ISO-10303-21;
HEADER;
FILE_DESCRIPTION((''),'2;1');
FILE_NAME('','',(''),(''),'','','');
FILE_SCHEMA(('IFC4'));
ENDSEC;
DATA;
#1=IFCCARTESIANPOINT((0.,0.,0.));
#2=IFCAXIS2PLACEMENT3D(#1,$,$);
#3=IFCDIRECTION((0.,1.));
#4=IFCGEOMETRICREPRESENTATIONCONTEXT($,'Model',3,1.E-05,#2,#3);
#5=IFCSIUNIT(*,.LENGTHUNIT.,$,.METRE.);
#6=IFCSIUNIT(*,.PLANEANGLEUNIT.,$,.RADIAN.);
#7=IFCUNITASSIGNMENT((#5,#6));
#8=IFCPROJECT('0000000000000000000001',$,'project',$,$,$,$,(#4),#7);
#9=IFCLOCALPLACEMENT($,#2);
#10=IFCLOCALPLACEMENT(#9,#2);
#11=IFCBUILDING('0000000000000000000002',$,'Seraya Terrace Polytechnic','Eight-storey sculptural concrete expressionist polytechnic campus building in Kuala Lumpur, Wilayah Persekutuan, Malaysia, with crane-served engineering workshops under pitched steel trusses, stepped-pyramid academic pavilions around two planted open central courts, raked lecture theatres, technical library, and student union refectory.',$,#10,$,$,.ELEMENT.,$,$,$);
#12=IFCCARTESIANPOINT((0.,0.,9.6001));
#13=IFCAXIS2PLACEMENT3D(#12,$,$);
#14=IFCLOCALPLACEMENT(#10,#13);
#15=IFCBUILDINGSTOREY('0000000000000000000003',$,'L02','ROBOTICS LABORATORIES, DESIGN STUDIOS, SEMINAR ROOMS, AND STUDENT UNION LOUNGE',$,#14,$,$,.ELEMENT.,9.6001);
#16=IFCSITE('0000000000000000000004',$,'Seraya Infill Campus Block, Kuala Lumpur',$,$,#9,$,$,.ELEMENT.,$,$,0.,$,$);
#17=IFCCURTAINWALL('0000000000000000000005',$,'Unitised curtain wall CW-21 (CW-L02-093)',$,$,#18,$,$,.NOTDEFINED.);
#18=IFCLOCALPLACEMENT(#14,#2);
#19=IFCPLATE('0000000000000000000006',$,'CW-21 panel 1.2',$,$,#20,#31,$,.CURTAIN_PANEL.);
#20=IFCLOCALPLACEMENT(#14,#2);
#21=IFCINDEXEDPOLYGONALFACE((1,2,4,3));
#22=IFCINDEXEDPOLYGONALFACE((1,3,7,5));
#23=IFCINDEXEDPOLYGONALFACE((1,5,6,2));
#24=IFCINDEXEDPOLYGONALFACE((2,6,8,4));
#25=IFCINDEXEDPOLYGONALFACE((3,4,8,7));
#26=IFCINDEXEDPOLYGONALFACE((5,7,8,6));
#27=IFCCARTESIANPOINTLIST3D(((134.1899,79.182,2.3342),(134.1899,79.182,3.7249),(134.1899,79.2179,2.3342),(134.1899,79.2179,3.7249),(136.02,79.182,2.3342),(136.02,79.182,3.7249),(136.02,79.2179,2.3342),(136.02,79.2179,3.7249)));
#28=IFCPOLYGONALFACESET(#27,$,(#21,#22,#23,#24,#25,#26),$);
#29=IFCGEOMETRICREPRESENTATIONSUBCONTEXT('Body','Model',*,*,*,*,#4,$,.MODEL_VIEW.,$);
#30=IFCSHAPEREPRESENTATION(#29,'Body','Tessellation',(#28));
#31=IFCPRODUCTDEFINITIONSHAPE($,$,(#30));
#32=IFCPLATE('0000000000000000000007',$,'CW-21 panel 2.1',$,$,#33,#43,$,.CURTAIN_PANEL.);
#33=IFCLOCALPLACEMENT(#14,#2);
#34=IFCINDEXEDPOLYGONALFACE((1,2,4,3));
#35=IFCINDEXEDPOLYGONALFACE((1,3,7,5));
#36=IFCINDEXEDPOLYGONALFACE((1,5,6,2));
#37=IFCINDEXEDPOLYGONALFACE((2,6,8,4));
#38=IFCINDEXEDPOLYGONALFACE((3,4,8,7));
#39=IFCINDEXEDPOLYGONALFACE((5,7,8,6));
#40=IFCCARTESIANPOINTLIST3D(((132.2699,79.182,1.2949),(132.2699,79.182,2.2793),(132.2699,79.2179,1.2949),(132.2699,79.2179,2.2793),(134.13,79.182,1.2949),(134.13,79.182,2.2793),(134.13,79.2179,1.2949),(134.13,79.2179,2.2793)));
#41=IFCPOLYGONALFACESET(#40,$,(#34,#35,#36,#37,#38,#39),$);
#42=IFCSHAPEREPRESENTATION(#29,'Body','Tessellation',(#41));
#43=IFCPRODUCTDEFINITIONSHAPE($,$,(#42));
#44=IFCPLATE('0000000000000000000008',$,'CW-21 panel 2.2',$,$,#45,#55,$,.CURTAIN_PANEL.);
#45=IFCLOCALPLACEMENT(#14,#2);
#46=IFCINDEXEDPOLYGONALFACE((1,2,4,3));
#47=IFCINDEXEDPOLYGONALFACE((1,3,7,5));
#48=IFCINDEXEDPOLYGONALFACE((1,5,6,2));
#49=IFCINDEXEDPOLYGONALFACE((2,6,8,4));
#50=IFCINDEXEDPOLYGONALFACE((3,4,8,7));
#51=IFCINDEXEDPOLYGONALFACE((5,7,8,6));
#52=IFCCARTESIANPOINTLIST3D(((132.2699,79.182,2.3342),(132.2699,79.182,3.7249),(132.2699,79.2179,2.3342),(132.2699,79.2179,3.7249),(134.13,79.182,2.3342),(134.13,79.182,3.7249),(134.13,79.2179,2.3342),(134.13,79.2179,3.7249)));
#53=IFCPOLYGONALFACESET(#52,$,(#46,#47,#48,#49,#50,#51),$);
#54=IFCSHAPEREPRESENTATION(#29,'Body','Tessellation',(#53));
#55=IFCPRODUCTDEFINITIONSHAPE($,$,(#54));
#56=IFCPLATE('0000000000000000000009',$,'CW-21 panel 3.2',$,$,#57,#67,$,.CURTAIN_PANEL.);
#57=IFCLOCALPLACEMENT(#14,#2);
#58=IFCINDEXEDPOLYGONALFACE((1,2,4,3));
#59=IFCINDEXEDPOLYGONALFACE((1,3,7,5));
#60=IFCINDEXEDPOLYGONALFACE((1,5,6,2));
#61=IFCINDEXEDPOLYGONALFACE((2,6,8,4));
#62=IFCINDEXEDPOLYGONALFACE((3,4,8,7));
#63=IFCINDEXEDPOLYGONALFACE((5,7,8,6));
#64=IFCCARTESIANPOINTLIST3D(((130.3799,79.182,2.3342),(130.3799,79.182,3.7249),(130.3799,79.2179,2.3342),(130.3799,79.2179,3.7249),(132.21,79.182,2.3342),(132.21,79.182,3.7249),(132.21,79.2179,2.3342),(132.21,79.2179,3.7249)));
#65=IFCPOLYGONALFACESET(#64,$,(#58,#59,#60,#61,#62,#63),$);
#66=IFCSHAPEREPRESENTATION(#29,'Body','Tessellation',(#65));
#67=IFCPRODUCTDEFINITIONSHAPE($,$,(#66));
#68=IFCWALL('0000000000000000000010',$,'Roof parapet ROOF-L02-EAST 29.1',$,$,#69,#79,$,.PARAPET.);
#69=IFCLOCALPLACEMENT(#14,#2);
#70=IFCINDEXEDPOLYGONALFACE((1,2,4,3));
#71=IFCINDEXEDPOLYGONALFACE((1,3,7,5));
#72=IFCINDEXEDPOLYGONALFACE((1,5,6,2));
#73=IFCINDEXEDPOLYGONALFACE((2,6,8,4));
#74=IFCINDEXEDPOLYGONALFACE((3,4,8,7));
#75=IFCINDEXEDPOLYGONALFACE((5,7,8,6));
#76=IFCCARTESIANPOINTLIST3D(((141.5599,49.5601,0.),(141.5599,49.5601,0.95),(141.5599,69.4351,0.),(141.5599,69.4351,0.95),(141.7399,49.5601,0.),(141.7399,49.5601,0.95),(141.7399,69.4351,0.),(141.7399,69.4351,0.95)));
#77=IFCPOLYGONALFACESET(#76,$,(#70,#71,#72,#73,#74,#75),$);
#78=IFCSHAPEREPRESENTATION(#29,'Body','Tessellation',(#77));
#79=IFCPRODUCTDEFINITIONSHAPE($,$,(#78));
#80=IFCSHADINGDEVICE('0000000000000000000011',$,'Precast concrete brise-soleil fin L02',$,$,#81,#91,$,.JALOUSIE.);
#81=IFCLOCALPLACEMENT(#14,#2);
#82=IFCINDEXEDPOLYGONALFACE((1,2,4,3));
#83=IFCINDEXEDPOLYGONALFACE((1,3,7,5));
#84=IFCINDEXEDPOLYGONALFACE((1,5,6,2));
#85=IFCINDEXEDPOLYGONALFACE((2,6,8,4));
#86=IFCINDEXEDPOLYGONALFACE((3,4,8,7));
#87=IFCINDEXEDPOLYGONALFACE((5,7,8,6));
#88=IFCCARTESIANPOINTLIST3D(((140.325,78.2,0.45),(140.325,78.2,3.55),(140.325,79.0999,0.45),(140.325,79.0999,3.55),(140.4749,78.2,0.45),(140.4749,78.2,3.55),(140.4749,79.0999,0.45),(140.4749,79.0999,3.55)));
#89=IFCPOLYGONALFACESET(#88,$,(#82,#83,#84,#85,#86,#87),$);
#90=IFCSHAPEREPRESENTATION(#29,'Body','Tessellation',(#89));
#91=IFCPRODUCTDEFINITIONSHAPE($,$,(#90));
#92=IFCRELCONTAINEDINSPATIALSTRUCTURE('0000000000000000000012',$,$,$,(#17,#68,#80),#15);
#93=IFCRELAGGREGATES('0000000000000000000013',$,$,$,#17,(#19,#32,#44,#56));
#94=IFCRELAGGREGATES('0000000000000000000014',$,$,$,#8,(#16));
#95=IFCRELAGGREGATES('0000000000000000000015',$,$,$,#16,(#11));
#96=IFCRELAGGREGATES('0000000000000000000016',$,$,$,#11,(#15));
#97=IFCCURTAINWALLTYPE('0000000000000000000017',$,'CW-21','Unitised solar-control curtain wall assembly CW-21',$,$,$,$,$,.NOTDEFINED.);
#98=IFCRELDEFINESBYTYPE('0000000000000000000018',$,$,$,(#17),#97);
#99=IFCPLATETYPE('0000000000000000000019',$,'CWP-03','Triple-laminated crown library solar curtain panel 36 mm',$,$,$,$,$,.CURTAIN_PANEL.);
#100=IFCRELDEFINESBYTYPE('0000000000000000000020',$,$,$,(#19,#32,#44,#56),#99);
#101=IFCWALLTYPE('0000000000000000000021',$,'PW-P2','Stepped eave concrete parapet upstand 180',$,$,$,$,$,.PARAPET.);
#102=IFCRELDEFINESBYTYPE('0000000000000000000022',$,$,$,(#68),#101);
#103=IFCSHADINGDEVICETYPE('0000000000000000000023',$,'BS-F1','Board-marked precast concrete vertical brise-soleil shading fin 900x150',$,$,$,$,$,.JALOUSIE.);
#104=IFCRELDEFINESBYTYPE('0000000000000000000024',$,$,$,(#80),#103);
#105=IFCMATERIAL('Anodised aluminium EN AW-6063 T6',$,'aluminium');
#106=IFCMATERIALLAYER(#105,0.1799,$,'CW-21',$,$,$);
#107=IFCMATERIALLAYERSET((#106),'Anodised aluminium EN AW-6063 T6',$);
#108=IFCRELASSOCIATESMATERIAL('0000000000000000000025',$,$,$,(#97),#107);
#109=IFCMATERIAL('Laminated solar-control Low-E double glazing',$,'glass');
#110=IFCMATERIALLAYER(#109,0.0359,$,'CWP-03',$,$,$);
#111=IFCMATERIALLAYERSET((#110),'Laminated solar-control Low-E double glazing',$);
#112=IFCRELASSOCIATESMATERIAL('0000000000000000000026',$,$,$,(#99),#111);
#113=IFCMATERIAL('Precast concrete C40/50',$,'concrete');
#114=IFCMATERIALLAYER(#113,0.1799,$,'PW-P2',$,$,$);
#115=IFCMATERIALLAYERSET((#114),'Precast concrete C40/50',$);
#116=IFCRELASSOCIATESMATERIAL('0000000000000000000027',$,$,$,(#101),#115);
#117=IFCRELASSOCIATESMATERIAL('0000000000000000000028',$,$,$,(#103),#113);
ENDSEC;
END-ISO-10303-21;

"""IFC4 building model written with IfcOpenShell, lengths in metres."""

from ifc_helpers import new_model, si_unit, direction, frame, frame_2d, origin, origin_2d, place, context, subcontext, project, spatial, rectangle, extrude, material, layer, layer_set, type_object, element, aggregate, save


model = new_model("IFC4")

# Units and contexts
model_context = context("Model", 3, precision=1e-05, world=origin(), true_north=direction((0.0, 1.0)))
body_context = subcontext(model_context, "Body", "Model", "MODEL_VIEW")
ifc_project = project(units=[si_unit("LENGTHUNIT", "METRE"), si_unit("PLANEANGLEUNIT", "RADIAN")], contexts=[model_context])

# Site, building, storey
site_placement = place(None, origin())
site = spatial("IfcSite", under=ifc_project, at=site_placement, Name="Seraya Infill Campus Block, Kuala Lumpur", CompositionType="ELEMENT", RefElevation=0.0)
building_placement = place(site_placement, origin())
building = spatial("IfcBuilding", under=site, at=building_placement, Name="Seraya Terrace Polytechnic", Description="Eight-storey sculptural concrete expressionist polytechnic campus building in Kuala Lumpur, Wilayah Persekutuan, Malaysia, with crane-served engineering workshops under pitched steel trusses, stepped-pyramid academic pavilions around two planted open central courts, raked lecture theatres, technical library, and student union refectory.", CompositionType="ELEMENT")
storey_placement = place(building_placement, frame((0.0, 0.0, 9.6001)))
storey = spatial("IfcBuildingStorey", under=building, at=storey_placement, Name="L02", Description="ROBOTICS LABORATORIES, DESIGN STUDIOS, SEMINAR ROOMS, AND STUDENT UNION LOUNGE", CompositionType="ELEMENT", Elevation=9.6001)

# Curtain wall, plates
ifc_material_1 = material(Name="Anodised aluminium EN AW-6063 T6", Category="aluminium")
ifc_layer_1 = layer(ifc_material_1, 0.1799, Name="CW-21")
ifc_layer_set_1 = layer_set([ifc_layer_1], Name="Anodised aluminium EN AW-6063 T6")
curtain_wall_type = type_object("IfcCurtainWallType", Name="CW-21", Description="Unitised solar-control curtain wall assembly CW-21", PredefinedType="NOTDEFINED", material=ifc_layer_set_1)
curtain_wall_placement = place(storey_placement, origin())
curtain_wall = element("IfcCurtainWall", 1, at=curtain_wall_placement, inside=storey, type_object=curtain_wall_type, Name="Unitised curtain wall CW-21 (CW-L02-093)", PredefinedType="NOTDEFINED")
ifc_material_2 = material(Name="Laminated solar-control Low-E double glazing", Category="glass")
ifc_layer_2 = layer(ifc_material_2, 0.0359, Name="CWP-03")
ifc_layer_set_2 = layer_set([ifc_layer_2], Name="Laminated solar-control Low-E double glazing")
plate_type = type_object("IfcPlateType", Name="CWP-03", Description="Triple-laminated crown library solar curtain panel 36 mm", PredefinedType="CURTAIN_PANEL", material=ifc_layer_set_2)
plate_1_placement = place(storey_placement, frame((135.105, 79.2, 2.3342), z_axis=(0.0, 0.0, 1.0), x_axis=(-1.0, 0.0, 0.0)))
plate_1 = element("IfcPlate", 2, at=plate_1_placement, type_object=plate_type, Name="CW-21 panel 1.2", PredefinedType="CURTAIN_PANEL", context=body_context, shape_type="SweptSolid", body=[
    extrude(rectangle(XDim=1.8301, YDim=0.0359, at=origin_2d()), origin(), (0.0, 0.0, 1.0), 1.3906),
])
plate_2_placement = place(storey_placement, frame((133.2, 79.2, 1.2949), z_axis=(0.0, 0.0, 1.0), x_axis=(-1.0, 0.0, 0.0)))
plate_2 = element("IfcPlate", 3, at=plate_2_placement, type_object=plate_type, Name="CW-21 panel 2.1", PredefinedType="CURTAIN_PANEL", context=body_context, shape_type="SweptSolid", body=[
    extrude(rectangle(XDim=1.8601, YDim=0.0359, at=origin_2d()), origin(), (0.0, 0.0, 1.0), 0.9844),
])
plate_3_placement = place(storey_placement, frame((133.2, 79.2, 2.3342), z_axis=(0.0, 0.0, 1.0), x_axis=(-1.0, 0.0, 0.0)))
plate_3 = element("IfcPlate", 4, at=plate_3_placement, type_object=plate_type, Name="CW-21 panel 2.2", PredefinedType="CURTAIN_PANEL", context=body_context, shape_type="SweptSolid", body=[
    extrude(rectangle(XDim=1.8601, YDim=0.0359, at=origin_2d()), origin(), (0.0, 0.0, 1.0), 1.3906),
])
plate_4_placement = place(storey_placement, frame((131.2949, 79.2, 2.3342), z_axis=(0.0, 0.0, 1.0), x_axis=(-1.0, 0.0, 0.0)))
plate_4 = element("IfcPlate", 5, at=plate_4_placement, type_object=plate_type, Name="CW-21 panel 3.2", PredefinedType="CURTAIN_PANEL", context=body_context, shape_type="SweptSolid", body=[
    extrude(rectangle(XDim=1.8301, YDim=0.0359, at=origin_2d()), origin(), (0.0, 0.0, 1.0), 1.3906),
])
aggregate(curtain_wall, [plate_1, plate_2, plate_3, plate_4])

# Wall
ifc_material_3 = material(Name="Precast concrete C40/50", Category="concrete")
ifc_layer_3 = layer(ifc_material_3, 0.1799, Name="PW-P2")
ifc_layer_set_3 = layer_set([ifc_layer_3], Name="Precast concrete C40/50")
wall_type = type_object("IfcWallType", Name="PW-P2", Description="Stepped eave concrete parapet upstand 180", PredefinedType="PARAPET", material=ifc_layer_set_3)
wall_placement = place(storey_placement, frame((141.6499, 49.5601, 0.0), z_axis=(0.0, 0.0, 1.0), x_axis=(0.0, 1.0, 0.0)))
element("IfcWall", 6, at=wall_placement, inside=storey, type_object=wall_type, Name="Roof parapet ROOF-L02-EAST 29.1", PredefinedType="PARAPET", context=body_context, shape_type="SweptSolid", body=[
    extrude(rectangle(XDim=19.875, YDim=0.1799, at=frame_2d((9.9375, 0.0))), origin(), (0.0, 0.0, 1.0), 0.95),
])

# Shading device
shading_device_type = type_object("IfcShadingDeviceType", Name="BS-F1", Description="Board-marked precast concrete vertical brise-soleil shading fin 900x150", PredefinedType="JALOUSIE", material=ifc_material_3)
shading_device_placement = place(storey_placement, frame((140.3999, 78.6499, 0.45), z_axis=(0.0, 0.0, 1.0), x_axis=(0.0, -1.0, 0.0)))
element("IfcShadingDevice", 7, at=shading_device_placement, inside=storey, type_object=shading_device_type, Name="Precast concrete brise-soleil fin L02", PredefinedType="JALOUSIE", context=body_context, shape_type="SweptSolid", body=[
    extrude(rectangle(XDim=0.8999, YDim=0.1499, at=origin_2d()), origin(), (0.0, 0.0, 1.0), 3.1001),
])

save(model, "model.ifc")
